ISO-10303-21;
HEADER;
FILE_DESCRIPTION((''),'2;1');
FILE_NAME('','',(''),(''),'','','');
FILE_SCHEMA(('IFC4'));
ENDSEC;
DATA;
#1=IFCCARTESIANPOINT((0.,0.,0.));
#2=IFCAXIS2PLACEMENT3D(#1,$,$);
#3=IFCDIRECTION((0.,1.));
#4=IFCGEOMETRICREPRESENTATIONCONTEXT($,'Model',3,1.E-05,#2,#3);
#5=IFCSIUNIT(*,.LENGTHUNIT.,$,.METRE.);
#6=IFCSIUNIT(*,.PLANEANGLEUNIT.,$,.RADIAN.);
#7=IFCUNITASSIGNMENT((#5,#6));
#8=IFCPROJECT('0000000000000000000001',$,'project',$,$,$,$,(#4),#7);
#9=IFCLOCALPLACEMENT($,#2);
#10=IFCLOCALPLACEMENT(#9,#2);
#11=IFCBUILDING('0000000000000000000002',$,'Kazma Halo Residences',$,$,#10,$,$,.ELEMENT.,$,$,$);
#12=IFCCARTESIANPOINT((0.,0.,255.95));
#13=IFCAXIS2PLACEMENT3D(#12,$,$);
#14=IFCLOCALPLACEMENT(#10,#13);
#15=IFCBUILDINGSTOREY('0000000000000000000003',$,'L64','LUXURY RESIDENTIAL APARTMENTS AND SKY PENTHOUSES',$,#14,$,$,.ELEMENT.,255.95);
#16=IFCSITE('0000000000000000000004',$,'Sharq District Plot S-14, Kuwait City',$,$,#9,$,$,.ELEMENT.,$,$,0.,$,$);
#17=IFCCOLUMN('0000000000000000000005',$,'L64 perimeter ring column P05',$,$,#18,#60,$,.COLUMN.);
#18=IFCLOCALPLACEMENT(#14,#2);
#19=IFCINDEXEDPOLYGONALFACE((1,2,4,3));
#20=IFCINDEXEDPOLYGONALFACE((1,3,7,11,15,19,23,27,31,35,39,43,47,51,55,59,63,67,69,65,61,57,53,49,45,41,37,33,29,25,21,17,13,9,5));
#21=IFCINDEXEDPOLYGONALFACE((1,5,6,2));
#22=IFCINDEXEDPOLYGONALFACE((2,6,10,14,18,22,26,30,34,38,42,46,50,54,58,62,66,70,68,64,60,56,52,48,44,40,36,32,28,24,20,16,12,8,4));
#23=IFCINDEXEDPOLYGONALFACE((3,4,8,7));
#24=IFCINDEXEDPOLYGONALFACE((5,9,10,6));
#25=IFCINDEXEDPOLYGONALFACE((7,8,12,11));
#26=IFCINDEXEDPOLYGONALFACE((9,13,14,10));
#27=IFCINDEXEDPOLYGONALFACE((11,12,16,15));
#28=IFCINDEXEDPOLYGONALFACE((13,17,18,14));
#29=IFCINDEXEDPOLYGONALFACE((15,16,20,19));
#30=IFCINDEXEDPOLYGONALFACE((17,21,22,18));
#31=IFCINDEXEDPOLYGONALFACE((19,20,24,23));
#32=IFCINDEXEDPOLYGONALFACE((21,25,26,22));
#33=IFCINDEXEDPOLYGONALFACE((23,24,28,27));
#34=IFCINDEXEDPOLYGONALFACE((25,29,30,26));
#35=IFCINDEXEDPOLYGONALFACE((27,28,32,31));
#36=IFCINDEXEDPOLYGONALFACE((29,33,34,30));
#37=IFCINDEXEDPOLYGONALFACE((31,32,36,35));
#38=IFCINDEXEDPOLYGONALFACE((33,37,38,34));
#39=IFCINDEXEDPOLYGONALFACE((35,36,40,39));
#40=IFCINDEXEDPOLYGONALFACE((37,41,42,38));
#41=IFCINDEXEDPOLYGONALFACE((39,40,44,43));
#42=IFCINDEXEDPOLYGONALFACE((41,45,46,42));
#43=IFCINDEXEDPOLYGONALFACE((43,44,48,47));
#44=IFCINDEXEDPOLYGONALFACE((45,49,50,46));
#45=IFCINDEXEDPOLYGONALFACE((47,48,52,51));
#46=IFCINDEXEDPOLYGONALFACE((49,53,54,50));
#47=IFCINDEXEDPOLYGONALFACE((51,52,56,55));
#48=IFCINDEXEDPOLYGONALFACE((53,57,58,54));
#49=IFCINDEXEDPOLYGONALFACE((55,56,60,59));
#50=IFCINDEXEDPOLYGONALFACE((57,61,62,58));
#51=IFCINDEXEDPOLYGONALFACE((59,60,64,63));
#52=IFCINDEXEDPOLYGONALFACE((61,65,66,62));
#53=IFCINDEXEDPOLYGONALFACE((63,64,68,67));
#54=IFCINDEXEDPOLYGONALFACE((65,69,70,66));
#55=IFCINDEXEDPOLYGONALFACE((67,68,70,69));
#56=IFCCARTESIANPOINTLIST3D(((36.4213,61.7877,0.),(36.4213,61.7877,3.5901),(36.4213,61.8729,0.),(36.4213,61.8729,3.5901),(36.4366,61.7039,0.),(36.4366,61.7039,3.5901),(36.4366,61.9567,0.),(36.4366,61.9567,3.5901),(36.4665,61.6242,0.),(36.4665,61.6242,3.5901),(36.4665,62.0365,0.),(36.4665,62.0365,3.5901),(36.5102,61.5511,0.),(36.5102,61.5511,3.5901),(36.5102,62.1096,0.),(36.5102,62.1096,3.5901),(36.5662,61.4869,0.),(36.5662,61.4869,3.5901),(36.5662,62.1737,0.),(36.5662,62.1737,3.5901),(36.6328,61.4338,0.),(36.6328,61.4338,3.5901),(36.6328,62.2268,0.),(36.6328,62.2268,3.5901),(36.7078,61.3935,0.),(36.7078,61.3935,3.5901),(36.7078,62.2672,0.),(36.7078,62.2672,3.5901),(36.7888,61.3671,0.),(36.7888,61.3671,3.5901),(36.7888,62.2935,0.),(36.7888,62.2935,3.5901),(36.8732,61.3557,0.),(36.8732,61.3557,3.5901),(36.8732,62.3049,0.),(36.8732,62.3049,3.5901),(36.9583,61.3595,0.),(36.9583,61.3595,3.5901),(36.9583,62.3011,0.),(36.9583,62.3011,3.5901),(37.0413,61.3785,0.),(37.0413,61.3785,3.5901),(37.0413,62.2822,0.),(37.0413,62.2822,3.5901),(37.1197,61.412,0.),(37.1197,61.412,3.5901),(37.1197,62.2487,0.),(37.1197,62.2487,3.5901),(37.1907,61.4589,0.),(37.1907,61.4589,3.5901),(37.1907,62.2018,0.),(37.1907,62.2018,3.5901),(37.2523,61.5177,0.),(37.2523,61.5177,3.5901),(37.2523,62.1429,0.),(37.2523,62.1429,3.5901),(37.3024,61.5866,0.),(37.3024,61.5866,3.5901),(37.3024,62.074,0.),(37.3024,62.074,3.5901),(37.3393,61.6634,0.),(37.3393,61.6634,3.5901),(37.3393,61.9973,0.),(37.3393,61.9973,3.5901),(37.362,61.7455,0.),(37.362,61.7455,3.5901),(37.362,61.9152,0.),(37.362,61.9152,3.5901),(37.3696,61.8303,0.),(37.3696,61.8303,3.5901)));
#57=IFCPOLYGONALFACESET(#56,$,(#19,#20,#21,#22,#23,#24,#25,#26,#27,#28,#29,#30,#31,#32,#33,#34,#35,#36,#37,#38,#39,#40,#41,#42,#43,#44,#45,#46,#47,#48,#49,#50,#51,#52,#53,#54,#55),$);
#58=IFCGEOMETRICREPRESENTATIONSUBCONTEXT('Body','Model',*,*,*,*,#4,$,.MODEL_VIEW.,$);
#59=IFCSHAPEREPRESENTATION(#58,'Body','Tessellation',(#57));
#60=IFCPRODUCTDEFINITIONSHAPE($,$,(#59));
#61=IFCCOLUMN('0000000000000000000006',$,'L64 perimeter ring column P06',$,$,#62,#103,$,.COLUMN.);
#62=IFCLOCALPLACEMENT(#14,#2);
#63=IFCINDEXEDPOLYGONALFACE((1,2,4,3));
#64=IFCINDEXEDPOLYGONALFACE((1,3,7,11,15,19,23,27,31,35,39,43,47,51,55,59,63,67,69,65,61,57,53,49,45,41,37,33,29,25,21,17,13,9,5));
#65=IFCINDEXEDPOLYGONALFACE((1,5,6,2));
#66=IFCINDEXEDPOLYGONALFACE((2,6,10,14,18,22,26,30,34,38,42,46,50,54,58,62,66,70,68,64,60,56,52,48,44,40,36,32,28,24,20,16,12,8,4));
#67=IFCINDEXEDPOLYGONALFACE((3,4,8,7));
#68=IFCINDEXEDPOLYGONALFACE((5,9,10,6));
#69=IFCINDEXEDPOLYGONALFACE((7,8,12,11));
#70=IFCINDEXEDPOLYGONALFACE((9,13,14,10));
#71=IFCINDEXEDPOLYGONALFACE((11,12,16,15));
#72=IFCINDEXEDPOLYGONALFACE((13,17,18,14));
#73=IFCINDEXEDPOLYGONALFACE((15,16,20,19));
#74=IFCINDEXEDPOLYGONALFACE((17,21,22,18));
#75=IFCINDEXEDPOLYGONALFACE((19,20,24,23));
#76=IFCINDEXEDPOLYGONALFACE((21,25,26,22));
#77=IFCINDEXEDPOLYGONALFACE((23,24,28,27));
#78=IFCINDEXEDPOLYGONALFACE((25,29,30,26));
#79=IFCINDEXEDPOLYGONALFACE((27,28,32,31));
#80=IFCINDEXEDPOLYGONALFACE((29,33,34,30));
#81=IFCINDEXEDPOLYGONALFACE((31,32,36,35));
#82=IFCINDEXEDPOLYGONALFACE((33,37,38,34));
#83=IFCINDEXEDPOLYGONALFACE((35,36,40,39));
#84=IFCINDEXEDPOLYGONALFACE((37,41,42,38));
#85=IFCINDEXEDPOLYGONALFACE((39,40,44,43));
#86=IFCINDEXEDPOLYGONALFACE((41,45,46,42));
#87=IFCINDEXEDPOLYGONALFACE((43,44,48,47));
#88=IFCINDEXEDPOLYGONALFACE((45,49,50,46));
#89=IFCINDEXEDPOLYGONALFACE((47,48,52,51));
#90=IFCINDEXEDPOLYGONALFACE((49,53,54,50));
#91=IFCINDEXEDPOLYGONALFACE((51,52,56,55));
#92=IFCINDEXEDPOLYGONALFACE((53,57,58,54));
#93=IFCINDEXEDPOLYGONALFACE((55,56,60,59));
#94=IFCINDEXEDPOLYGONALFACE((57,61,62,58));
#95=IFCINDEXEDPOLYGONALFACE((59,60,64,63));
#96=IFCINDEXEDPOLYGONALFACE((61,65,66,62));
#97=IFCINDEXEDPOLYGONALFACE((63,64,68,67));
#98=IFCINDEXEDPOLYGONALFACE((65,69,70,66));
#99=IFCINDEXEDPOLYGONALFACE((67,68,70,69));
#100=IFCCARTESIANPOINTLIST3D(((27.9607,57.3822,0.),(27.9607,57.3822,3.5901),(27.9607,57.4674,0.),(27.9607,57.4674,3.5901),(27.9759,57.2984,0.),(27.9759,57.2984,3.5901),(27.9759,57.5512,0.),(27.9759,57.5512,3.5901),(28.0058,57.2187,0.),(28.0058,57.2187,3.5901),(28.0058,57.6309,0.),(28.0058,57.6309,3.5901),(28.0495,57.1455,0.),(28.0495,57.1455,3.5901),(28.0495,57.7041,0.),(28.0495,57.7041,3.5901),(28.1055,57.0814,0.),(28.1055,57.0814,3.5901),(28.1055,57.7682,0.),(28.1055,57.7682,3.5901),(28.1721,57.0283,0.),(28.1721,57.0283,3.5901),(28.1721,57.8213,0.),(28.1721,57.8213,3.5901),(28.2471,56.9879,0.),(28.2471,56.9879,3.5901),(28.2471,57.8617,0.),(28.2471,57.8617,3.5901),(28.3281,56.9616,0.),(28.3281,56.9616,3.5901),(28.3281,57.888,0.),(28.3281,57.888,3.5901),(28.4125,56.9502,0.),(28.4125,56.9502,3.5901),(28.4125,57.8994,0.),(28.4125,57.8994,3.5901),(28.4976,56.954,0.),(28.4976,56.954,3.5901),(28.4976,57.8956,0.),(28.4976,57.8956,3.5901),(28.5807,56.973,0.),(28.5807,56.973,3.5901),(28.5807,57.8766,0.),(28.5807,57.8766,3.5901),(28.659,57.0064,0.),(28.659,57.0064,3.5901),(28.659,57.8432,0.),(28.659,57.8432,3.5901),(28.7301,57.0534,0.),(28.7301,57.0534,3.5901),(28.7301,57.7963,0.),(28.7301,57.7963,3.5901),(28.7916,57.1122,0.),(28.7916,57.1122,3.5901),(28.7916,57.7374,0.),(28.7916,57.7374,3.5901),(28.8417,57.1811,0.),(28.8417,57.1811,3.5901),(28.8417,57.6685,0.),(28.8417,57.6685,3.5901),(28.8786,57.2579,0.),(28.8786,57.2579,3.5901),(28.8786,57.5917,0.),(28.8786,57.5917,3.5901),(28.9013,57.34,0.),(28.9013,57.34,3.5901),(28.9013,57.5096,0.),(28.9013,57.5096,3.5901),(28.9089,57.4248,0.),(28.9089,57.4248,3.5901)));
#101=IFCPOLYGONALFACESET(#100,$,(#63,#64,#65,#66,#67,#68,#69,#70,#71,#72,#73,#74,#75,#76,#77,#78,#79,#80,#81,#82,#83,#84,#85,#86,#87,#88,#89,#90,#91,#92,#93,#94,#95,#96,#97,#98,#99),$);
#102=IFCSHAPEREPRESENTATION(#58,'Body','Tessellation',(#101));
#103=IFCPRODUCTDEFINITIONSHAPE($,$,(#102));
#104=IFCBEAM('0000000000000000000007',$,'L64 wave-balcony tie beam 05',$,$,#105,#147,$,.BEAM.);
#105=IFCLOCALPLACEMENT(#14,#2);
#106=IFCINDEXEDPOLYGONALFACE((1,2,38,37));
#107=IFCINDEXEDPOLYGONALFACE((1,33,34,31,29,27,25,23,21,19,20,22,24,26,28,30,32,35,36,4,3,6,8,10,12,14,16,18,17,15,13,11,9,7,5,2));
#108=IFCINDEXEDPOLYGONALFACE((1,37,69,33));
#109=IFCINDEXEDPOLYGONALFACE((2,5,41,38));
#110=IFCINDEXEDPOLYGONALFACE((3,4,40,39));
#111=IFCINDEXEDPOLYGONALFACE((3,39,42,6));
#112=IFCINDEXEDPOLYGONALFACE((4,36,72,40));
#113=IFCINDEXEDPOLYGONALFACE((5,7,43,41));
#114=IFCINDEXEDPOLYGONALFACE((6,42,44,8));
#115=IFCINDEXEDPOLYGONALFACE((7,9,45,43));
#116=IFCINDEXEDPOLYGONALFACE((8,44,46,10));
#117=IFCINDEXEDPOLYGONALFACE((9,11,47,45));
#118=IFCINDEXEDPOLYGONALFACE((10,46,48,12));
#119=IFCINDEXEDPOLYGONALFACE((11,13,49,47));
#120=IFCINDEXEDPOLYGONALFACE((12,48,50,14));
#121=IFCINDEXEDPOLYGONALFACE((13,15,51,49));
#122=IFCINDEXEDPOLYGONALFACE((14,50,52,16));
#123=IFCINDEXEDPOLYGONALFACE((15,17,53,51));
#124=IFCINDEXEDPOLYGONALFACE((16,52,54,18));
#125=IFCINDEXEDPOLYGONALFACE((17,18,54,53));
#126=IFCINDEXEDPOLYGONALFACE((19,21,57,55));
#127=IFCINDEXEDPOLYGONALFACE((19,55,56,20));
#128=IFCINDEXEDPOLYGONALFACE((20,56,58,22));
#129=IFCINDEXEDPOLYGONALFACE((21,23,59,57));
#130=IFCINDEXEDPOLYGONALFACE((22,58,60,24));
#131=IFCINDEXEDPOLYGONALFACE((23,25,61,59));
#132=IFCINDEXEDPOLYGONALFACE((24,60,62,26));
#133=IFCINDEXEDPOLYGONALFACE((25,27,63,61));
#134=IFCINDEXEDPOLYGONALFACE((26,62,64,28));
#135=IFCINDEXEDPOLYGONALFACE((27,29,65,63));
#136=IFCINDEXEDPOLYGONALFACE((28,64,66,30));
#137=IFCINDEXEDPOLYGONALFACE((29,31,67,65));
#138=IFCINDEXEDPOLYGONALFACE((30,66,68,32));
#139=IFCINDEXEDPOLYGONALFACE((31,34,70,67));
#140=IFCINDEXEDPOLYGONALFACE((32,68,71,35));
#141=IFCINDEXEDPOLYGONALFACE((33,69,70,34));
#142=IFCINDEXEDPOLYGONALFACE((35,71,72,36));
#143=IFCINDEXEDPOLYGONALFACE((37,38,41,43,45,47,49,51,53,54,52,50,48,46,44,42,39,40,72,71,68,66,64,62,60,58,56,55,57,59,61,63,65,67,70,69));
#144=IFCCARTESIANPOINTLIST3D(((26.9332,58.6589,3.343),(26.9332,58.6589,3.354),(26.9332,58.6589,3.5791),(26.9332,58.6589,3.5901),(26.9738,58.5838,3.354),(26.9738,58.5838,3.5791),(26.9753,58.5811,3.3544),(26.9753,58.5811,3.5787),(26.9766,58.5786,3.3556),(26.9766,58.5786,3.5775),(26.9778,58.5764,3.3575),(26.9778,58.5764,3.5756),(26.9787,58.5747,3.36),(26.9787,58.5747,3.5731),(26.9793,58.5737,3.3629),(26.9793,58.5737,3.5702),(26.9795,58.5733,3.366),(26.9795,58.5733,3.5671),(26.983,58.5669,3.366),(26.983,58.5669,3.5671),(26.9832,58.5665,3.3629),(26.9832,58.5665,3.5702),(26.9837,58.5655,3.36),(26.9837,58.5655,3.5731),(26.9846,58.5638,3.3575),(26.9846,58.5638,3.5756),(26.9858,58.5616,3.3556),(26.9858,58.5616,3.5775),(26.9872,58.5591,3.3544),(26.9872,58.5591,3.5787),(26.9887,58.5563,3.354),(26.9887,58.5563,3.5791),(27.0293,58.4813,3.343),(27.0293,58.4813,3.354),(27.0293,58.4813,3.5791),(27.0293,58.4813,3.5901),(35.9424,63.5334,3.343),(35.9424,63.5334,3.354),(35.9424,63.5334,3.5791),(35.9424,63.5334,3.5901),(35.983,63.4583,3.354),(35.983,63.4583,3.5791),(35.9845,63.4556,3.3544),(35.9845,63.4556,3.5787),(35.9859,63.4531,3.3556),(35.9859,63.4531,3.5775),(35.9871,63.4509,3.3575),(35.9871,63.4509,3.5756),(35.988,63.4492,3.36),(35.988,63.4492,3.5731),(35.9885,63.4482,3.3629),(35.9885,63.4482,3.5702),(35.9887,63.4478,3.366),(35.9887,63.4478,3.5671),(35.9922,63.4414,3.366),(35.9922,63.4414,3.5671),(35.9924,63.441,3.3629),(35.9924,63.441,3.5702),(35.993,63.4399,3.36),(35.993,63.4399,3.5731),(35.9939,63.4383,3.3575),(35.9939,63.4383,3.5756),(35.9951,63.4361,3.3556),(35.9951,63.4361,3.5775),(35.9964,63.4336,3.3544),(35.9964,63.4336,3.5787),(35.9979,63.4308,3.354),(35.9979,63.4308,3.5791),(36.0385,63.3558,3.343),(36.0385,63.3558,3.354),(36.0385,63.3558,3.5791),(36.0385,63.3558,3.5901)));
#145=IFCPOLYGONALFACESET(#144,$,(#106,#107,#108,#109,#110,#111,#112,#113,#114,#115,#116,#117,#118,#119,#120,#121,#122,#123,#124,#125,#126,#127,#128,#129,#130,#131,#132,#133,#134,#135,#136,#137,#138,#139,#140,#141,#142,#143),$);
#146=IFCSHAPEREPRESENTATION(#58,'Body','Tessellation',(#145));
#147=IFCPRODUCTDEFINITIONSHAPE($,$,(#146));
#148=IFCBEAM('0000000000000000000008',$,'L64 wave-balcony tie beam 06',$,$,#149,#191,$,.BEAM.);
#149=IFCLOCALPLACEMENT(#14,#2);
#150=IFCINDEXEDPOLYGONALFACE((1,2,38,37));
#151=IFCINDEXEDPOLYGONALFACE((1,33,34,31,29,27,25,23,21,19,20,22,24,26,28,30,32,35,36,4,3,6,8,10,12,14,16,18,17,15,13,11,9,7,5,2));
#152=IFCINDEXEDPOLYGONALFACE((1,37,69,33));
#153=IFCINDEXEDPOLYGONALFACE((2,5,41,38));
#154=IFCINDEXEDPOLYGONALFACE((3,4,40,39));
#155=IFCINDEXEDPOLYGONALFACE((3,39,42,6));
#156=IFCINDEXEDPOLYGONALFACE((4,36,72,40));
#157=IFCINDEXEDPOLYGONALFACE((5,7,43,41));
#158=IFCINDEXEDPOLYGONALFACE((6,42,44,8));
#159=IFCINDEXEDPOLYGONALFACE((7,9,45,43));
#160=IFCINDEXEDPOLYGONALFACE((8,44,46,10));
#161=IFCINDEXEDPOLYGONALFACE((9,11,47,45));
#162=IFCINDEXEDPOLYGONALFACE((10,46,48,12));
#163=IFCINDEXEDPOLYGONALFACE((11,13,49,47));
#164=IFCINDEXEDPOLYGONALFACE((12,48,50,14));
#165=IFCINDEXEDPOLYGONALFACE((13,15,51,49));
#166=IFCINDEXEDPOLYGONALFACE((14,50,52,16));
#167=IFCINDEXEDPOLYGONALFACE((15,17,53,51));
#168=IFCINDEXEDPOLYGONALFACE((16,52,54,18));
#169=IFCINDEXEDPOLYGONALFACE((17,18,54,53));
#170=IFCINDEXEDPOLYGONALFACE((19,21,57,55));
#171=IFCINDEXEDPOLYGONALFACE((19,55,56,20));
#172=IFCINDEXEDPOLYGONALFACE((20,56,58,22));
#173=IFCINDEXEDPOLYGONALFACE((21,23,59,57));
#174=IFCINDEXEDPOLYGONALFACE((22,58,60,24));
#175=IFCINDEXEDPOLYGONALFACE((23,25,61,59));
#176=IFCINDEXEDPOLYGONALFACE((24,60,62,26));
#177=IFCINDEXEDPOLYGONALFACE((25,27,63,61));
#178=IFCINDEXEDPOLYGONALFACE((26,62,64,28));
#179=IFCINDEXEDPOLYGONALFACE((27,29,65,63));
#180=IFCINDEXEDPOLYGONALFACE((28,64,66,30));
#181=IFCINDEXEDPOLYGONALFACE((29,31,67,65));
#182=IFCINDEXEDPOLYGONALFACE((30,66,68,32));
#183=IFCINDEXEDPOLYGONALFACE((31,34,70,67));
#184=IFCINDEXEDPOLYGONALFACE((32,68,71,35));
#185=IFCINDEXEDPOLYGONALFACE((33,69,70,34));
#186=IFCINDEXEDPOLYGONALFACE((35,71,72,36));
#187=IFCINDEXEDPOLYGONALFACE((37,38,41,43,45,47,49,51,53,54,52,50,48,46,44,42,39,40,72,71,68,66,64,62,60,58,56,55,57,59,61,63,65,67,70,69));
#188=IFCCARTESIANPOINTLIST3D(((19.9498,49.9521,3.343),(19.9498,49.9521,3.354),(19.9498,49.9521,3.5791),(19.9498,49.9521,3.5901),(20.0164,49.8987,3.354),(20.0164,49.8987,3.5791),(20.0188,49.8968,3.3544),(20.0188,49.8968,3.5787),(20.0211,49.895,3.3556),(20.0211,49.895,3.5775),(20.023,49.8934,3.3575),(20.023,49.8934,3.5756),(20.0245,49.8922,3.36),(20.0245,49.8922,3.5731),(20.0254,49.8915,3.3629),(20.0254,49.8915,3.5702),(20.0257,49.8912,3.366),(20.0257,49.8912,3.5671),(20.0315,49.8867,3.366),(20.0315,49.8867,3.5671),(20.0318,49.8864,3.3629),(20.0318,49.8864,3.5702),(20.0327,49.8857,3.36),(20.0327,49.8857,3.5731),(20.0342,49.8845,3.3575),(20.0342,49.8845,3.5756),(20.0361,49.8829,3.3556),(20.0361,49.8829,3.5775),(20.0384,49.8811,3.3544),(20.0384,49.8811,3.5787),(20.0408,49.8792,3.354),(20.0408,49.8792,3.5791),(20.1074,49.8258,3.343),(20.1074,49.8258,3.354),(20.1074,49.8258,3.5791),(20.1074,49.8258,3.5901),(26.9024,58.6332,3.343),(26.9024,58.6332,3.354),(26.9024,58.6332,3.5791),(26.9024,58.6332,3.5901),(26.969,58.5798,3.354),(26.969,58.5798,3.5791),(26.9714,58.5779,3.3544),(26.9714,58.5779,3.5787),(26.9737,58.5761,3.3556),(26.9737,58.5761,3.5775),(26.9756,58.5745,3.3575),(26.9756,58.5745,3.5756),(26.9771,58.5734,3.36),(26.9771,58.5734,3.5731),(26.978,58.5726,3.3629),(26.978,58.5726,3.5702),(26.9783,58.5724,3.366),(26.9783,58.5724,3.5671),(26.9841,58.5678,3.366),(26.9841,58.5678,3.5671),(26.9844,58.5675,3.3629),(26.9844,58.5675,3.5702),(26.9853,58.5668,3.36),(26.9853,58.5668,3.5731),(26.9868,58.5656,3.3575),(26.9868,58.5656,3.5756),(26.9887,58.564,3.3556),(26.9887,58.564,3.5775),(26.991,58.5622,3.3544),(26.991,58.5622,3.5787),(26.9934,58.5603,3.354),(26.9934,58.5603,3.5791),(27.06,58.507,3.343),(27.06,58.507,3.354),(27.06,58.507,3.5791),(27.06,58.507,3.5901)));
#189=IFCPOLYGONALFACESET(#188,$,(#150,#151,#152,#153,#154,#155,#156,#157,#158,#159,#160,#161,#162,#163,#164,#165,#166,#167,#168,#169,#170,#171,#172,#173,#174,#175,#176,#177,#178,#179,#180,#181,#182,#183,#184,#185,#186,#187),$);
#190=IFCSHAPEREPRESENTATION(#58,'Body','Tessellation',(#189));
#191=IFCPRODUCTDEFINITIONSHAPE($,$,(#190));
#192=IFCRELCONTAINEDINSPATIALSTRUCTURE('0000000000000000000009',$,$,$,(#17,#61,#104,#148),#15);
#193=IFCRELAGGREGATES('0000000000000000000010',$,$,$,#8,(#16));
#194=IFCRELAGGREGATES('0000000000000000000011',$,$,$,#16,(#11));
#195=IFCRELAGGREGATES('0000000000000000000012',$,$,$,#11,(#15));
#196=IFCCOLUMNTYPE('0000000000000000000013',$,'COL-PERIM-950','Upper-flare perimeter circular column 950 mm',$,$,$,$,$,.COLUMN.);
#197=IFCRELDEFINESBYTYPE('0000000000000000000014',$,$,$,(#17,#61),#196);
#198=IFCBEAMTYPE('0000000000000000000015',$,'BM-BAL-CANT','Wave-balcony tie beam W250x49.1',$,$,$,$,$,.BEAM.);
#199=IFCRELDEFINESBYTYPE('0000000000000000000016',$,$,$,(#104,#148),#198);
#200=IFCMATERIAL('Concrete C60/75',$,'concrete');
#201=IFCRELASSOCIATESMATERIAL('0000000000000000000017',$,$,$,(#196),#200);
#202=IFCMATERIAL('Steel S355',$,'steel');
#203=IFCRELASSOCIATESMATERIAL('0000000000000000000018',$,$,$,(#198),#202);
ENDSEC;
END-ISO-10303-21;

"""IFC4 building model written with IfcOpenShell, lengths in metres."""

from ifc_helpers import new_model, si_unit, direction, frame, origin, origin_2d, place, context, subcontext, project, spatial, circle, i_section, extrude, material, material_profile, profile_set, type_object, element, save


model = new_model("IFC4")

# Units and contexts
model_context = context("Model", 3, precision=1e-05, world=origin(), true_north=direction((0.0, 1.0)))
body_context = subcontext(model_context, "Body", "Model", "MODEL_VIEW")
ifc_project = project(units=[si_unit("LENGTHUNIT", "METRE"), si_unit("PLANEANGLEUNIT", "RADIAN")], contexts=[model_context])

# Site, building, storey
site_placement = place(None, origin())
site = spatial("IfcSite", under=ifc_project, at=site_placement, Name="Sharq District Plot S-14, Kuwait City", CompositionType="ELEMENT", RefElevation=0.0)
building_placement = place(site_placement, origin())
building = spatial("IfcBuilding", under=site, at=building_placement, Name="Kazma Halo Residences", CompositionType="ELEMENT")
storey_placement = place(building_placement, frame((0.0, 0.0, 255.95)))
storey = spatial("IfcBuildingStorey", under=building, at=storey_placement, Name="L64", Description="LUXURY RESIDENTIAL APARTMENTS AND SKY PENTHOUSES", CompositionType="ELEMENT", Elevation=255.95)

# Columns
ifc_material_1 = material(Name="Concrete C60/75", Category="concrete")
ifc_material_profile_1 = material_profile(ifc_material_1, circle(Radius=0.4751, at=origin_2d()), Name="CIRC950")
ifc_profile_set_1 = profile_set([ifc_material_profile_1], Name="Concrete C60/75")
column_type = type_object("IfcColumnType", Name="COL-PERIM-950", Description="Upper-flare perimeter circular column 950 mm", PredefinedType="COLUMN", material=ifc_profile_set_1)
for number, where, z_axis, x_axis, name in (
    (1, (36.8945, 61.8303, 0.0), (0.0, 0.0, 1.0), (1.0, 0.0, 0.0), "L64 perimeter ring column P05"),
    (2, (28.4338, 57.4248, 0.0), (0.0, 0.0, 1.0), (1.0, 0.0, 0.0), "L64 perimeter ring column P06"),
):
    element("IfcColumn", number, at=place(storey_placement, frame(where, z_axis=z_axis, x_axis=x_axis)), inside=storey, type_object=column_type, Name=name, PredefinedType="COLUMN", context=body_context, shape_type="SweptSolid", body=[
        extrude(circle(Radius=0.4751, at=origin_2d()), origin(), (0.0, 0.0, 1.0), 3.5901),
    ])

# Beams
ifc_material_2 = material(Name="Steel S355", Category="steel")
ifc_material_profile_2 = material_profile(ifc_material_2, i_section(OverallWidth=0.2019, OverallDepth=0.2471, WebThickness=0.0073, FlangeThickness=0.011, FilletRadius=0.012, at=origin_2d()), Name="W250x49.1")
ifc_profile_set_2 = profile_set([ifc_material_profile_2], Name="Steel S355")
beam_type_1 = type_object("IfcBeamType", Name="BM-BAL-CANT", Description="Wave-balcony tie beam W250x49.1", PredefinedType="BEAM", material=ifc_profile_set_2)
beam_1_placement = place(storey_placement, frame((35.9905, 63.4446, 3.4666), z_axis=(-0.879517, -0.475867, 0.0), x_axis=(0.475867, -0.879517, 0.0)))
element("IfcBeam", 3, at=beam_1_placement, inside=storey, type_object=beam_type_1, Name="L64 wave-balcony tie beam 05", PredefinedType="BEAM", context=body_context, shape_type="SweptSolid", body=[
    extrude(i_section(OverallWidth=0.2019, OverallDepth=0.2471, WebThickness=0.0073, FlangeThickness=0.011, FilletRadius=0.012, at=origin_2d()), origin(), (0.0, 0.0, 1.0), 10.2434),
])
beam_2_placement = place(storey_placement, frame((26.9812, 58.5701, 3.4666), z_axis=(-0.625118, -0.78053, 0.0), x_axis=(0.78053, -0.625118, 0.0)))
element("IfcBeam", 4, at=beam_2_placement, inside=storey, type_object=beam_type_1, Name="L64 wave-balcony tie beam 06", PredefinedType="BEAM", context=body_context, shape_type="SweptSolid", body=[
    extrude(i_section(OverallWidth=0.2019, OverallDepth=0.2471, WebThickness=0.0073, FlangeThickness=0.011, FilletRadius=0.012, at=origin_2d()), origin(), (0.0, 0.0, 1.0), 11.1221),
])

save(model, "model.ifc")
